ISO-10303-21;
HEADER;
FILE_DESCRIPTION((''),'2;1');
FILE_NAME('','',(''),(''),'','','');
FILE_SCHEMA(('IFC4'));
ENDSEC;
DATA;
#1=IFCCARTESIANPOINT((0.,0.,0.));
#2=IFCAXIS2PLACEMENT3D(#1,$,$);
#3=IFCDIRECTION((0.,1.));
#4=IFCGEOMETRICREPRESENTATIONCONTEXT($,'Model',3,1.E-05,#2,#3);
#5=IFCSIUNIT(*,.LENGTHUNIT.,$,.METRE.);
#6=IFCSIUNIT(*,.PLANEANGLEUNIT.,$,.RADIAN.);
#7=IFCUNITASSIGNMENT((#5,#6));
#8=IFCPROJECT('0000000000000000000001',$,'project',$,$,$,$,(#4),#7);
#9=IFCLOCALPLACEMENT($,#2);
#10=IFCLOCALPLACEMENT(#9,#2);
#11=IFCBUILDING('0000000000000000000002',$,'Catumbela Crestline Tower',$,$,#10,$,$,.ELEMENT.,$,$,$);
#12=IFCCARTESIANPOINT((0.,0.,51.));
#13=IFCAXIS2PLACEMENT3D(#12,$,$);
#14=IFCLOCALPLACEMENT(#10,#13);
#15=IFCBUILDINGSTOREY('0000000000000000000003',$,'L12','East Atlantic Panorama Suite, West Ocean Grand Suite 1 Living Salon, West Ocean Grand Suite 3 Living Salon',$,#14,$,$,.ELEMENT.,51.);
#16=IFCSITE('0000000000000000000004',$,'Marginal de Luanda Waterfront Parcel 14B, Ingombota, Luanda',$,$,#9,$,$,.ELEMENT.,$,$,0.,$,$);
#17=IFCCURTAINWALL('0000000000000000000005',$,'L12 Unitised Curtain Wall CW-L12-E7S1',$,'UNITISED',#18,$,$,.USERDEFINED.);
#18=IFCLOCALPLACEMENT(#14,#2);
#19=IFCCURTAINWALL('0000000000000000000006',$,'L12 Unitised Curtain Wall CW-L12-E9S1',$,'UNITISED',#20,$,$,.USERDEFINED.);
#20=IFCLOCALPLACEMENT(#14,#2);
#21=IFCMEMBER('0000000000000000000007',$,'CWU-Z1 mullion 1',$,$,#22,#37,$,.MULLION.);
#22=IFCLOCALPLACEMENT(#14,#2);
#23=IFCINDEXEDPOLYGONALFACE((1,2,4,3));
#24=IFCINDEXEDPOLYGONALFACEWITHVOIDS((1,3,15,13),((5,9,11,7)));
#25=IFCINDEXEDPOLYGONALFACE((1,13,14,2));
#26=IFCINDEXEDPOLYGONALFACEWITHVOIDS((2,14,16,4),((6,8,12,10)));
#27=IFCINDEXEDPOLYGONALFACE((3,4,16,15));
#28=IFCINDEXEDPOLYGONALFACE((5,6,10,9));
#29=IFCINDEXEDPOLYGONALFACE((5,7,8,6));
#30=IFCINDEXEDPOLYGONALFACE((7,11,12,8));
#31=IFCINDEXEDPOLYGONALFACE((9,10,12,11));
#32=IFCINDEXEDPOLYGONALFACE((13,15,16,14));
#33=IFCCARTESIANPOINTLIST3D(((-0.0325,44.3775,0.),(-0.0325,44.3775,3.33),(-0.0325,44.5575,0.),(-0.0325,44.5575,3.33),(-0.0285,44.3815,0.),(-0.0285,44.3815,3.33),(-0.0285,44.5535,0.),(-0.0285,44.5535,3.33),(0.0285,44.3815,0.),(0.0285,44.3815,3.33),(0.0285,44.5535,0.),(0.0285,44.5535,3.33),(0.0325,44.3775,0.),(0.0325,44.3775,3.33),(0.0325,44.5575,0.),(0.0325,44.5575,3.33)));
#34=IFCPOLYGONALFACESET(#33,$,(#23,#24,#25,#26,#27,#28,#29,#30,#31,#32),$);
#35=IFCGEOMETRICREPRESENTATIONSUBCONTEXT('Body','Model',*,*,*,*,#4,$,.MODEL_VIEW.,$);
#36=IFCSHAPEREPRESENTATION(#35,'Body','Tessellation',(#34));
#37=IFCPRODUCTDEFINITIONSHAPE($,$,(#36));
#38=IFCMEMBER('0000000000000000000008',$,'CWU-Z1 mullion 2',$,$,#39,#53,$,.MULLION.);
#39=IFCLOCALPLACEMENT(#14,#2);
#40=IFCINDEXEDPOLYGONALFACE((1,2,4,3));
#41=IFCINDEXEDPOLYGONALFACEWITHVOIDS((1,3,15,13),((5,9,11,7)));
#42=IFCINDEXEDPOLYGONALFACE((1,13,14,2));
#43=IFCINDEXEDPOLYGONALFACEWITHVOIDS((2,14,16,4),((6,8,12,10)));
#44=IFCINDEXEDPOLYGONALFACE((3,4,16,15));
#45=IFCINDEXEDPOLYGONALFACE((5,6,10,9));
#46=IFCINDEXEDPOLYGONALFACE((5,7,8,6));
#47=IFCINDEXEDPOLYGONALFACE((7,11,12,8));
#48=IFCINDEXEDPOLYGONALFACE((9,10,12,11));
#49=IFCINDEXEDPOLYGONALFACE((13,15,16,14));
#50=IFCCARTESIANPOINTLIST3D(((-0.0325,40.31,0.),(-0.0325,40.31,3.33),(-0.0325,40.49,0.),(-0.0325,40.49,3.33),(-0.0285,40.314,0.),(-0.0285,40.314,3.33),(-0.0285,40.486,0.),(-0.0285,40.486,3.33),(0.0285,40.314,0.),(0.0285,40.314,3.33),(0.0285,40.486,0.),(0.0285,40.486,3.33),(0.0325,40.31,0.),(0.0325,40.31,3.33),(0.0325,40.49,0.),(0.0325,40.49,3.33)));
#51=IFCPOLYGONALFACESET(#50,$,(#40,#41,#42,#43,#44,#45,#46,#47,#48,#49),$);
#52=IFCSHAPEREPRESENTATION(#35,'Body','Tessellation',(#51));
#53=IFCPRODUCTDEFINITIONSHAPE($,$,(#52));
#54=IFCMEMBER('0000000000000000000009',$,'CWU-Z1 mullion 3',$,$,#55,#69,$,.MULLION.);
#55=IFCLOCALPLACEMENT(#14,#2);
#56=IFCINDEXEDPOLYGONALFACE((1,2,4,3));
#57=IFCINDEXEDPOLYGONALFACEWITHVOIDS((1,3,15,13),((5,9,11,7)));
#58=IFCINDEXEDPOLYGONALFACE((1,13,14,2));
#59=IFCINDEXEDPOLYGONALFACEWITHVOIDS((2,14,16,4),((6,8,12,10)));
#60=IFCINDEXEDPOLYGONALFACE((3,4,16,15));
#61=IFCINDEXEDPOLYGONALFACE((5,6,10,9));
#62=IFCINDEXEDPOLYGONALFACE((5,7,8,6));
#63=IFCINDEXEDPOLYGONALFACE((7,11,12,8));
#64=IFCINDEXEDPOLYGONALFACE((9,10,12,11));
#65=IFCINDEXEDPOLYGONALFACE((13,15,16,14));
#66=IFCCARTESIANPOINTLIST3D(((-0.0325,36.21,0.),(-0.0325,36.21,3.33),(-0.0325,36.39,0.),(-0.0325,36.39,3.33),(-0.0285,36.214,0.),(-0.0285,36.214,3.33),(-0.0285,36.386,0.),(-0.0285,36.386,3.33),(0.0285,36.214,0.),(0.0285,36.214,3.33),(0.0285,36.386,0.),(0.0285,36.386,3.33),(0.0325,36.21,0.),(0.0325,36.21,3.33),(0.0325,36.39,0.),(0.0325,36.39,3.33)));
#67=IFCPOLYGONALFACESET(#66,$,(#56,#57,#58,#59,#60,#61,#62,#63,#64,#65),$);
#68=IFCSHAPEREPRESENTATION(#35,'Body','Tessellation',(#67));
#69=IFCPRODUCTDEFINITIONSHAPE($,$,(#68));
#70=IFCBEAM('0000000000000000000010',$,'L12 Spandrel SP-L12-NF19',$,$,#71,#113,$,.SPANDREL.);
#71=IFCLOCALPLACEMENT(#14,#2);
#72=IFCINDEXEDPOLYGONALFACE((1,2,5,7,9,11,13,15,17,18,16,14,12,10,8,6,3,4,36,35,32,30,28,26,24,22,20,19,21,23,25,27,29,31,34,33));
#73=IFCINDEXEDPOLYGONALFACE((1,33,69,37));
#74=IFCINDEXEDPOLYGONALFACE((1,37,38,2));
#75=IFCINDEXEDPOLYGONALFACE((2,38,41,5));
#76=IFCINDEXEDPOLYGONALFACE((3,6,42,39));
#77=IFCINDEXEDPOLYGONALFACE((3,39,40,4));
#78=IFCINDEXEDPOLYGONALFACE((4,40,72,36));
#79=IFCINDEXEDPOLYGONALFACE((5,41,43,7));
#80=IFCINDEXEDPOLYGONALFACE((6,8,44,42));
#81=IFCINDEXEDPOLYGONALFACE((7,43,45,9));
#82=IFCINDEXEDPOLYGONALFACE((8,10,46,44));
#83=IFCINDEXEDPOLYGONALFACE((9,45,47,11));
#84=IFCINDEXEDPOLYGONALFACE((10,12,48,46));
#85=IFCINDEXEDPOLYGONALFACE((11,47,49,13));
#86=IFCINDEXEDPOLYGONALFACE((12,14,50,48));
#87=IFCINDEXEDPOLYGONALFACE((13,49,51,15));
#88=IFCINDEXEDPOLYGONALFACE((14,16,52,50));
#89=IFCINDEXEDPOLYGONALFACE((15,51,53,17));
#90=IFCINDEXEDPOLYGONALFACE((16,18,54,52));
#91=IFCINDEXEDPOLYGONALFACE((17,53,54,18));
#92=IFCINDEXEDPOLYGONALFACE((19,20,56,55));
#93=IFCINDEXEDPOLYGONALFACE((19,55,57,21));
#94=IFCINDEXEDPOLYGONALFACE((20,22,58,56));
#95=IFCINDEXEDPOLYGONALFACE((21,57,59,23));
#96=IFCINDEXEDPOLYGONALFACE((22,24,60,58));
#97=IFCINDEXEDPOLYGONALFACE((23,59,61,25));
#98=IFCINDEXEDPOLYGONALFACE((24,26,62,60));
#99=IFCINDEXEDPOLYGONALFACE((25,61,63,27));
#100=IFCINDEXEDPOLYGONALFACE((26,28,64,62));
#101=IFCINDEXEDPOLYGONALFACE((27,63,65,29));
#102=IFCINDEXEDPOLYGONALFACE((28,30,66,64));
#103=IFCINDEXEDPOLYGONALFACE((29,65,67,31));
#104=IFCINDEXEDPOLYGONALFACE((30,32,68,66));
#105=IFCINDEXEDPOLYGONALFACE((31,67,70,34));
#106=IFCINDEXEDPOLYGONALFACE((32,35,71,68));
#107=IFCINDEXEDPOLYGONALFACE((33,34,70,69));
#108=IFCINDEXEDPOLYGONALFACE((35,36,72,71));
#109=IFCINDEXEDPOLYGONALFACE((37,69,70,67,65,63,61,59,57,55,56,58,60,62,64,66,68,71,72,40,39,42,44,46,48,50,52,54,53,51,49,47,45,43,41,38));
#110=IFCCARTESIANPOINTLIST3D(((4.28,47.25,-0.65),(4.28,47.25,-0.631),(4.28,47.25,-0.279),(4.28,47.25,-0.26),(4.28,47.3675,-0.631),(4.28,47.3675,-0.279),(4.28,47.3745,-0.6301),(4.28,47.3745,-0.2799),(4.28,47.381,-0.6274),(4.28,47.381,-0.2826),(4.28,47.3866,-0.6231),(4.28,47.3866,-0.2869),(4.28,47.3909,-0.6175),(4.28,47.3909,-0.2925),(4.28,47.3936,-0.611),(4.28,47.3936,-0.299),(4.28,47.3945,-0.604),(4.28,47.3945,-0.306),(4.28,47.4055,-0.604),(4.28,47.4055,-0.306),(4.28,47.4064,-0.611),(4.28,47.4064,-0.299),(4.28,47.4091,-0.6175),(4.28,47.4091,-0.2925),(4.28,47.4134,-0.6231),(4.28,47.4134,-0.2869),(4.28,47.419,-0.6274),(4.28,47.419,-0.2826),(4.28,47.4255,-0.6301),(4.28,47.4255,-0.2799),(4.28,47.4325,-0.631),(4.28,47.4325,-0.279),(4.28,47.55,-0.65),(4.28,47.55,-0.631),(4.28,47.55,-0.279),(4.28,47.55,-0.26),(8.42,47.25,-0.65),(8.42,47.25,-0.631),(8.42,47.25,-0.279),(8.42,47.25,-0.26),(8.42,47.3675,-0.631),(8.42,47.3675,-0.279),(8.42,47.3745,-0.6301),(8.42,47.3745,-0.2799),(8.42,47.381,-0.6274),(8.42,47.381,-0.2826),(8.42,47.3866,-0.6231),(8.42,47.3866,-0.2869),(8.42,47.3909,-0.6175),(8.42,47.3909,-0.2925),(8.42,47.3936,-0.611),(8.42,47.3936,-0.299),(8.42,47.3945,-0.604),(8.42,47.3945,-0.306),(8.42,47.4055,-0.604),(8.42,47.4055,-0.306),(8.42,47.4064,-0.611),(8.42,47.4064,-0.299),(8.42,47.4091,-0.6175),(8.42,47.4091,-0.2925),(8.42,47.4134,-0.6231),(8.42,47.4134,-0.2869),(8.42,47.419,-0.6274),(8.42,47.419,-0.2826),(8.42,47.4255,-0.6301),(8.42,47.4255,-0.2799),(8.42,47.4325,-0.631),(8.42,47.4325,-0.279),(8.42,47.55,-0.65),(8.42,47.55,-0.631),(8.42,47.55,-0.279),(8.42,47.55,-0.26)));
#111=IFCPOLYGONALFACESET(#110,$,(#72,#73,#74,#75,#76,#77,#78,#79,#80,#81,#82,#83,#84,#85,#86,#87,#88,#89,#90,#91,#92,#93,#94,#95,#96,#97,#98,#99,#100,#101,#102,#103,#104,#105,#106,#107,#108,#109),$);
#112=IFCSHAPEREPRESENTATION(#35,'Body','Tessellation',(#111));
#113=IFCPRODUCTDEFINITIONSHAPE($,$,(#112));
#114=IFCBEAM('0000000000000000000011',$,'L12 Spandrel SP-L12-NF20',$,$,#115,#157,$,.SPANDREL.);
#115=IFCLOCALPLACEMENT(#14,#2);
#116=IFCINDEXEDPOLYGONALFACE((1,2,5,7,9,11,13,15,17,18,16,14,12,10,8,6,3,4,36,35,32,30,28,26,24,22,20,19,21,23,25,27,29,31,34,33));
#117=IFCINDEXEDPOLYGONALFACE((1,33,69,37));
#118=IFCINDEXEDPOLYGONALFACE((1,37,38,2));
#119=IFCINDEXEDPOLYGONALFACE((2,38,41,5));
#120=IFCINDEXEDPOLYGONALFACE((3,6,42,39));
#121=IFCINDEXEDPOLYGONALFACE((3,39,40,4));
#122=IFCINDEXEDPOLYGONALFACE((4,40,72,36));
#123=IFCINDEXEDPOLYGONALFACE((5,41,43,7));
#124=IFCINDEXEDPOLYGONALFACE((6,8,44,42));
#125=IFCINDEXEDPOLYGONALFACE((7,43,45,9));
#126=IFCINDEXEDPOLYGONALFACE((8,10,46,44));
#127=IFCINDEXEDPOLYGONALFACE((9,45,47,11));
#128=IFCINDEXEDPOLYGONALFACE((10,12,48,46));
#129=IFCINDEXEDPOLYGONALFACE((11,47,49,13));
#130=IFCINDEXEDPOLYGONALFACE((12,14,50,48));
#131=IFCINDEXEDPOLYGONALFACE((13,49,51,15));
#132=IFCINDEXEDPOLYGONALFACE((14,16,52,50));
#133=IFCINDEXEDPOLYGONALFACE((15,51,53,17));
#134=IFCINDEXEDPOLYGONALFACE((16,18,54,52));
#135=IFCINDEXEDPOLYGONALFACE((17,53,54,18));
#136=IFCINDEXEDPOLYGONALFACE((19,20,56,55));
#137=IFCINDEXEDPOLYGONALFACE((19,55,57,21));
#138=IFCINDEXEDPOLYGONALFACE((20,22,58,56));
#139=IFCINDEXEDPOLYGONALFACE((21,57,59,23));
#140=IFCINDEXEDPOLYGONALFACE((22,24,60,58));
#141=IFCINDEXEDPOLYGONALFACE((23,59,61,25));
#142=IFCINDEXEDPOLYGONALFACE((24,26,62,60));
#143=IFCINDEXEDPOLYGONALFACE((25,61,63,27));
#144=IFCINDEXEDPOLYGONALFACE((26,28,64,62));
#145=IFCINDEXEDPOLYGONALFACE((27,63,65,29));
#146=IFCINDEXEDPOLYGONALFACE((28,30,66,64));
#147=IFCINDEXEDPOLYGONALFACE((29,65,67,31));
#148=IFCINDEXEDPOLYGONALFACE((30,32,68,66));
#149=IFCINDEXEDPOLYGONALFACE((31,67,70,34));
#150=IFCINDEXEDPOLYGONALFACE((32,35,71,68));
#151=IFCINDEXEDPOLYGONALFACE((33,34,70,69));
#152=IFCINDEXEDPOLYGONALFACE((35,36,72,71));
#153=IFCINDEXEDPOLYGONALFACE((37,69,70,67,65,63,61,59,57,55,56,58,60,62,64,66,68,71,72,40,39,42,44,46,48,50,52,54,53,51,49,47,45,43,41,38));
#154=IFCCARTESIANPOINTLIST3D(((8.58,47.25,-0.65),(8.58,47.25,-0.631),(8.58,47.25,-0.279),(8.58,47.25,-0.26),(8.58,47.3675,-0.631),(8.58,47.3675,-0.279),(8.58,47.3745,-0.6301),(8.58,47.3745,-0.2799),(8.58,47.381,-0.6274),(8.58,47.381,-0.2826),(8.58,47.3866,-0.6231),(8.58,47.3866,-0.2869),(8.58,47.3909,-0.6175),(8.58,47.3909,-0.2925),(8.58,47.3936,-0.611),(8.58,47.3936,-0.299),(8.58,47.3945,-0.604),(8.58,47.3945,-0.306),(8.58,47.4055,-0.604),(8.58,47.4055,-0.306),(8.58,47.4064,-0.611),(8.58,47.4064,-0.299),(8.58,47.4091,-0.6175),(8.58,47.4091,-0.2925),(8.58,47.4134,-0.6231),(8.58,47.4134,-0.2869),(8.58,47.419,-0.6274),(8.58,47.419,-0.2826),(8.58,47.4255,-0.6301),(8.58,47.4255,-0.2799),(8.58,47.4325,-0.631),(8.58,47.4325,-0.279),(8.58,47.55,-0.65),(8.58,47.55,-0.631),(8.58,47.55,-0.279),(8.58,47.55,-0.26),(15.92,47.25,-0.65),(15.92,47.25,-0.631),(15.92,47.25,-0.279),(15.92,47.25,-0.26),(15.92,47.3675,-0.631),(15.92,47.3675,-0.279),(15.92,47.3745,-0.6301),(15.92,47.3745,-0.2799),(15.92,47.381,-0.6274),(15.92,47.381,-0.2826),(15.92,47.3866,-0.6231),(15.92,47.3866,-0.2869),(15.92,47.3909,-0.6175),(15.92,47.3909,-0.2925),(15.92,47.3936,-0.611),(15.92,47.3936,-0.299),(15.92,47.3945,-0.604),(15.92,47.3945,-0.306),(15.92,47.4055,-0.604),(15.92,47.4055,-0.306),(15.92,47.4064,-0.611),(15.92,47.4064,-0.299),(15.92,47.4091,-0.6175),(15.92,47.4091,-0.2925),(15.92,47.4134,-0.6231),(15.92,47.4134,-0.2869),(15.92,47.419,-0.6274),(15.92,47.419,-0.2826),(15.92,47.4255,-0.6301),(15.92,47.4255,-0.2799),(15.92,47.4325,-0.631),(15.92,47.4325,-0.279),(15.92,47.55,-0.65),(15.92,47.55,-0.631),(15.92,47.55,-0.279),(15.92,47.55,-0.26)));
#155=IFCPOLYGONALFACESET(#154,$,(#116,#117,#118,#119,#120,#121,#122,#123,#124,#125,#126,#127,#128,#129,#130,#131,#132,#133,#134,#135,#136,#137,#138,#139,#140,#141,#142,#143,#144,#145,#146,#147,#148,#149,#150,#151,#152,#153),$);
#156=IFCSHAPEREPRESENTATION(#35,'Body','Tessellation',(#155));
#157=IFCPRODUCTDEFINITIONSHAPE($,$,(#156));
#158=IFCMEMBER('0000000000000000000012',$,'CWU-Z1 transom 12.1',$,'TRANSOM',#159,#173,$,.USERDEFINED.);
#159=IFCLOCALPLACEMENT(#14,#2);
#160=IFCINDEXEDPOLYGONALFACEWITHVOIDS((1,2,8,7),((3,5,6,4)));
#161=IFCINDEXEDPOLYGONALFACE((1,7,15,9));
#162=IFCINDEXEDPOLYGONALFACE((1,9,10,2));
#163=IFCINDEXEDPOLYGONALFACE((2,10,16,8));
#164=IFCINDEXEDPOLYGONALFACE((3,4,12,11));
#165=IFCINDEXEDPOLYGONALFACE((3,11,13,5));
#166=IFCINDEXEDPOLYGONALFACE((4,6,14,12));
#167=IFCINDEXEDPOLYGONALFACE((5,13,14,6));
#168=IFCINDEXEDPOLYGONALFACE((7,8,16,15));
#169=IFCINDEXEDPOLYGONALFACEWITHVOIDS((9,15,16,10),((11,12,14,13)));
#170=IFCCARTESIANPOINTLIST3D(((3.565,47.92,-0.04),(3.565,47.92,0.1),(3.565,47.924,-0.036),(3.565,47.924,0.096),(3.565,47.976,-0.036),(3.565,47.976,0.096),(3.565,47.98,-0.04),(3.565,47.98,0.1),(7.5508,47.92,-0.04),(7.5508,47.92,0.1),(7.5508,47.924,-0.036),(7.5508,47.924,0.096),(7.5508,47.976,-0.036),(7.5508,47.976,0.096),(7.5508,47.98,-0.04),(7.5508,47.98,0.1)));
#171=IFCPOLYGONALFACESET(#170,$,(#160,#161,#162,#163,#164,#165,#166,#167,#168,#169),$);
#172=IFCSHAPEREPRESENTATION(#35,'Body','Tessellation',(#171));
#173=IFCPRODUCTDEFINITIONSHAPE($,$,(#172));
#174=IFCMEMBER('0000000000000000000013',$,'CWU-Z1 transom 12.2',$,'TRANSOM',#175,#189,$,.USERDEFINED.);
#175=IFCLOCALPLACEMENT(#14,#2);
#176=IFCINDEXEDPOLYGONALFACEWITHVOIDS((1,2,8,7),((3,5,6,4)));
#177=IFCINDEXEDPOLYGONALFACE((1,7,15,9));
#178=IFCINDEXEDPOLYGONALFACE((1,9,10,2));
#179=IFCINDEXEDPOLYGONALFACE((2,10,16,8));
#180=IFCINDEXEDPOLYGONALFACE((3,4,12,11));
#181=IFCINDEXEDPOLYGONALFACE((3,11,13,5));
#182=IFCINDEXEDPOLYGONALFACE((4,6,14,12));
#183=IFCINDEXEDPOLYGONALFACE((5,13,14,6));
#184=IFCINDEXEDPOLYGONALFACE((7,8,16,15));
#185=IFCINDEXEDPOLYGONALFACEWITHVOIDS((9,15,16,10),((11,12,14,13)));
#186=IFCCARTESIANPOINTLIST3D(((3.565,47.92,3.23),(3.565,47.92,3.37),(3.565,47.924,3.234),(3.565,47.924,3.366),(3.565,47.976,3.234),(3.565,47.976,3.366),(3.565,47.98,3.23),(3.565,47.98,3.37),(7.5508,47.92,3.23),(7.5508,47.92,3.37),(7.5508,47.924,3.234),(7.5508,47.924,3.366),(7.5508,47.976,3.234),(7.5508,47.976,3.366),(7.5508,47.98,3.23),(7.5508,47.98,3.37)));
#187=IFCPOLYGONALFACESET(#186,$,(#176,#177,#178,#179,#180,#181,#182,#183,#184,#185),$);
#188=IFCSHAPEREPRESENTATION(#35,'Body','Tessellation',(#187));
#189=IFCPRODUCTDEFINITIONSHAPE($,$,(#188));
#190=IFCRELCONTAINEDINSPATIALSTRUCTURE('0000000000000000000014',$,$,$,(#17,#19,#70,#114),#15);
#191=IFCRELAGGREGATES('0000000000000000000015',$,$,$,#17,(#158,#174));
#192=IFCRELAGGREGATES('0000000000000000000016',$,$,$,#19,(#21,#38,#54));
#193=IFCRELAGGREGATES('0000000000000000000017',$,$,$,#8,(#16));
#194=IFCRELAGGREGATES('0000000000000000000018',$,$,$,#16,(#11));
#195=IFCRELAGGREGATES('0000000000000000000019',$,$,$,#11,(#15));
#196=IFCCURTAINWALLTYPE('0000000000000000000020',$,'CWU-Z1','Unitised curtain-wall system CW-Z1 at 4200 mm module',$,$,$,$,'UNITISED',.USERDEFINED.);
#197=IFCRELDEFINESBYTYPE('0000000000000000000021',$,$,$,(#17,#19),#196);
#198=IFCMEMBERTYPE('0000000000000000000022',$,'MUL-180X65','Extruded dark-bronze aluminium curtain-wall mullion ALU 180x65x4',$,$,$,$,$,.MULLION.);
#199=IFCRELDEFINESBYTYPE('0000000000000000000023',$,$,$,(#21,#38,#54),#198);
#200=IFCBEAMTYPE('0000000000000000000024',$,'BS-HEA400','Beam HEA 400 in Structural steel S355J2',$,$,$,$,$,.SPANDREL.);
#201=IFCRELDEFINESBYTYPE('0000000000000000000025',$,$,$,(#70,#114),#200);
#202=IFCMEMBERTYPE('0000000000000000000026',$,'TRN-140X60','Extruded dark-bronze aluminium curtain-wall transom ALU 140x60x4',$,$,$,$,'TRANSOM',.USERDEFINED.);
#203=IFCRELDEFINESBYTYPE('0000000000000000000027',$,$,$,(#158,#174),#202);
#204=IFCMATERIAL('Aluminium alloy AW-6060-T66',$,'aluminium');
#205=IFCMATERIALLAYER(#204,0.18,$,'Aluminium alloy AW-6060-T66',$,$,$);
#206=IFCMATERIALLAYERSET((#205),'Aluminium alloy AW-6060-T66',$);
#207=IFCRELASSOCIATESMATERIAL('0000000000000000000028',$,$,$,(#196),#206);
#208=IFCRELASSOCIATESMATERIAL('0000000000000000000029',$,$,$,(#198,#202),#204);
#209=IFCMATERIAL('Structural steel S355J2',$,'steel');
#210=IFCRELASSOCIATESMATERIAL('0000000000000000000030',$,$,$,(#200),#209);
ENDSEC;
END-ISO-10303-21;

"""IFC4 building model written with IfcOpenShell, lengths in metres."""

from ifc_helpers import new_model, si_unit, direction, frame, origin, origin_2d, place, context, subcontext, project, spatial, hollow_rectangle, i_section, extrude, material, layer, layer_set, material_profile, profile_set, type_object, element, aggregate, save


model = new_model("IFC4")

# Units and contexts
model_context = context("Model", 3, precision=1e-05, world=origin(), true_north=direction((0.0, 1.0)))
body_context = subcontext(model_context, "Body", "Model", "MODEL_VIEW")
ifc_project = project(units=[si_unit("LENGTHUNIT", "METRE"), si_unit("PLANEANGLEUNIT", "RADIAN")], contexts=[model_context])

# Site, building, storey
site_placement = place(None, origin())
site = spatial("IfcSite", under=ifc_project, at=site_placement, Name="Marginal de Luanda Waterfront Parcel 14B, Ingombota, Luanda", CompositionType="ELEMENT", RefElevation=0.0)
building_placement = place(site_placement, origin())
building = spatial("IfcBuilding", under=site, at=building_placement, Name="Catumbela Crestline Tower", CompositionType="ELEMENT")
storey_placement = place(building_placement, frame((0.0, 0.0, 51.0)))
storey = spatial("IfcBuildingStorey", under=building, at=storey_placement, Name="L12", Description="East Atlantic Panorama Suite, West Ocean Grand Suite 1 Living Salon, West Ocean Grand Suite 3 Living Salon", CompositionType="ELEMENT", Elevation=51.0)

# Shared definitions
ifc_material_1 = material(Name="Structural steel S355J2", Category="steel")

# Curtain walls, members
ifc_material_2 = material(Name="Aluminium alloy AW-6060-T66", Category="aluminium")
ifc_layer_1 = layer(ifc_material_2, 0.18, Name="Aluminium alloy AW-6060-T66")
ifc_layer_set_1 = layer_set([ifc_layer_1], Name="Aluminium alloy AW-6060-T66")
curtain_wall_type = type_object("IfcCurtainWallType", Name="CWU-Z1", Description="Unitised curtain-wall system CW-Z1 at 4200 mm module", ElementType="UNITISED", PredefinedType="USERDEFINED", material=ifc_layer_set_1)
curtain_wall_1_placement = place(storey_placement, origin())
curtain_wall_1 = element("IfcCurtainWall", 1, at=curtain_wall_1_placement, inside=storey, type_object=curtain_wall_type, Name="L12 Unitised Curtain Wall CW-L12-E7S1", ObjectType="UNITISED", PredefinedType="USERDEFINED")
ifc_material_profile_1 = material_profile(ifc_material_2, hollow_rectangle(XDim=0.065, YDim=0.18, WallThickness=0.004, at=origin_2d()), Name="ALU 180x65x4")
ifc_profile_set_1 = profile_set([ifc_material_profile_1], Name="Aluminium alloy AW-6060-T66")
member_type_1 = type_object("IfcMemberType", Name="MUL-180X65", Description="Extruded dark-bronze aluminium curtain-wall mullion ALU 180x65x4", PredefinedType="MULLION", material=ifc_profile_set_1)
curtain_wall_2_placement = place(storey_placement, origin())
curtain_wall_2 = element("IfcCurtainWall", 2, at=curtain_wall_2_placement, inside=storey, type_object=curtain_wall_type, Name="L12 Unitised Curtain Wall CW-L12-E9S1", ObjectType="UNITISED", PredefinedType="USERDEFINED")
member_1_placement = place(storey_placement, frame((0.0, 44.4675, 0.0), z_axis=(0.0, 0.0, 1.0), x_axis=(1.0, 0.0, 0.0)))
member_1 = element("IfcMember", 3, at=member_1_placement, type_object=member_type_1, Name="CWU-Z1 mullion 1", PredefinedType="MULLION", context=body_context, shape_type="SweptSolid", body=[
    extrude(hollow_rectangle(XDim=0.065, YDim=0.18, WallThickness=0.004, at=origin_2d()), origin(), (0.0, 0.0, 1.0), 3.33),
])
member_2_placement = place(storey_placement, frame((0.0, 40.4, 0.0), z_axis=(0.0, 0.0, 1.0), x_axis=(1.0, 0.0, 0.0)))
member_2 = element("IfcMember", 4, at=member_2_placement, type_object=member_type_1, Name="CWU-Z1 mullion 2", PredefinedType="MULLION", context=body_context, shape_type="SweptSolid", body=[
    extrude(hollow_rectangle(XDim=0.065, YDim=0.18, WallThickness=0.004, at=origin_2d()), origin(), (0.0, 0.0, 1.0), 3.33),
])
member_3_placement = place(storey_placement, frame((0.0, 36.3, 0.0), z_axis=(0.0, 0.0, 1.0), x_axis=(1.0, 0.0, 0.0)))
member_3 = element("IfcMember", 5, at=member_3_placement, type_object=member_type_1, Name="CWU-Z1 mullion 3", PredefinedType="MULLION", context=body_context, shape_type="SweptSolid", body=[
    extrude(hollow_rectangle(XDim=0.065, YDim=0.18, WallThickness=0.004, at=origin_2d()), origin(), (0.0, 0.0, 1.0), 3.33),
])

# Beams
ifc_material_profile_2 = material_profile(ifc_material_1, i_section(OverallWidth=0.3, OverallDepth=0.39, WebThickness=0.011, FlangeThickness=0.019, FilletRadius=0.027, at=origin_2d()), Name="HEA 400")
ifc_profile_set_2 = profile_set([ifc_material_profile_2], Name="Structural steel S355J2")
beam_type_1 = type_object("IfcBeamType", Name="BS-HEA400", Description="Beam HEA 400 in Structural steel S355J2", PredefinedType="SPANDREL", material=ifc_profile_set_2)
beam_1_placement = place(storey_placement, frame((4.28, 47.4, -0.455), z_axis=(1.0, 0.0, 0.0), x_axis=(0.0, 1.0, 0.0)))
element("IfcBeam", 6, at=beam_1_placement, inside=storey, type_object=beam_type_1, Name="L12 Spandrel SP-L12-NF19", PredefinedType="SPANDREL", context=body_context, shape_type="SweptSolid", body=[
    extrude(i_section(OverallWidth=0.3, OverallDepth=0.39, WebThickness=0.011, FlangeThickness=0.019, FilletRadius=0.027, at=origin_2d()), origin(), (0.0, 0.0, 1.0), 4.14),
])
beam_2_placement = place(storey_placement, frame((8.58, 47.4, -0.455), z_axis=(1.0, 0.0, 0.0), x_axis=(0.0, 1.0, 0.0)))
element("IfcBeam", 7, at=beam_2_placement, inside=storey, type_object=beam_type_1, Name="L12 Spandrel SP-L12-NF20", PredefinedType="SPANDREL", context=body_context, shape_type="SweptSolid", body=[
    extrude(i_section(OverallWidth=0.3, OverallDepth=0.39, WebThickness=0.011, FlangeThickness=0.019, FilletRadius=0.027, at=origin_2d()), origin(), (0.0, 0.0, 1.0), 7.34),
])

# Members
ifc_material_profile_3 = material_profile(ifc_material_2, hollow_rectangle(XDim=0.06, YDim=0.14, WallThickness=0.004, at=origin_2d()), Name="ALU 140x60x4")
ifc_profile_set_3 = profile_set([ifc_material_profile_3], Name="Aluminium alloy AW-6060-T66")
member_type_2 = type_object("IfcMemberType", Name="TRN-140X60", Description="Extruded dark-bronze aluminium curtain-wall transom ALU 140x60x4", ElementType="TRANSOM", PredefinedType="USERDEFINED", material=ifc_profile_set_3)
member_4_placement = place(storey_placement, frame((7.5508, 47.95, 0.03), z_axis=(-1.0, 0.0, 0.0), x_axis=(0.0, -1.0, 0.0)))
member_4 = element("IfcMember", 8, at=member_4_placement, type_object=member_type_2, Name="CWU-Z1 transom 12.1", ObjectType="TRANSOM", PredefinedType="USERDEFINED", context=body_context, shape_type="SweptSolid", body=[
    extrude(hollow_rectangle(XDim=0.06, YDim=0.14, WallThickness=0.004, at=origin_2d()), origin(), (0.0, 0.0, 1.0), 3.9858),
])
member_5_placement = place(storey_placement, frame((7.5508, 47.95, 3.3), z_axis=(-1.0, 0.0, 0.0), x_axis=(0.0, -1.0, 0.0)))
member_5 = element("IfcMember", 9, at=member_5_placement, type_object=member_type_2, Name="CWU-Z1 transom 12.2", ObjectType="TRANSOM", PredefinedType="USERDEFINED", context=body_context, shape_type="SweptSolid", body=[
    extrude(hollow_rectangle(XDim=0.06, YDim=0.14, WallThickness=0.004, at=origin_2d()), origin(), (0.0, 0.0, 1.0), 3.9858),
])

aggregate(curtain_wall_1, [member_4, member_5])
aggregate(curtain_wall_2, [member_1, member_2, member_3])

save(model, "model.ifc")
